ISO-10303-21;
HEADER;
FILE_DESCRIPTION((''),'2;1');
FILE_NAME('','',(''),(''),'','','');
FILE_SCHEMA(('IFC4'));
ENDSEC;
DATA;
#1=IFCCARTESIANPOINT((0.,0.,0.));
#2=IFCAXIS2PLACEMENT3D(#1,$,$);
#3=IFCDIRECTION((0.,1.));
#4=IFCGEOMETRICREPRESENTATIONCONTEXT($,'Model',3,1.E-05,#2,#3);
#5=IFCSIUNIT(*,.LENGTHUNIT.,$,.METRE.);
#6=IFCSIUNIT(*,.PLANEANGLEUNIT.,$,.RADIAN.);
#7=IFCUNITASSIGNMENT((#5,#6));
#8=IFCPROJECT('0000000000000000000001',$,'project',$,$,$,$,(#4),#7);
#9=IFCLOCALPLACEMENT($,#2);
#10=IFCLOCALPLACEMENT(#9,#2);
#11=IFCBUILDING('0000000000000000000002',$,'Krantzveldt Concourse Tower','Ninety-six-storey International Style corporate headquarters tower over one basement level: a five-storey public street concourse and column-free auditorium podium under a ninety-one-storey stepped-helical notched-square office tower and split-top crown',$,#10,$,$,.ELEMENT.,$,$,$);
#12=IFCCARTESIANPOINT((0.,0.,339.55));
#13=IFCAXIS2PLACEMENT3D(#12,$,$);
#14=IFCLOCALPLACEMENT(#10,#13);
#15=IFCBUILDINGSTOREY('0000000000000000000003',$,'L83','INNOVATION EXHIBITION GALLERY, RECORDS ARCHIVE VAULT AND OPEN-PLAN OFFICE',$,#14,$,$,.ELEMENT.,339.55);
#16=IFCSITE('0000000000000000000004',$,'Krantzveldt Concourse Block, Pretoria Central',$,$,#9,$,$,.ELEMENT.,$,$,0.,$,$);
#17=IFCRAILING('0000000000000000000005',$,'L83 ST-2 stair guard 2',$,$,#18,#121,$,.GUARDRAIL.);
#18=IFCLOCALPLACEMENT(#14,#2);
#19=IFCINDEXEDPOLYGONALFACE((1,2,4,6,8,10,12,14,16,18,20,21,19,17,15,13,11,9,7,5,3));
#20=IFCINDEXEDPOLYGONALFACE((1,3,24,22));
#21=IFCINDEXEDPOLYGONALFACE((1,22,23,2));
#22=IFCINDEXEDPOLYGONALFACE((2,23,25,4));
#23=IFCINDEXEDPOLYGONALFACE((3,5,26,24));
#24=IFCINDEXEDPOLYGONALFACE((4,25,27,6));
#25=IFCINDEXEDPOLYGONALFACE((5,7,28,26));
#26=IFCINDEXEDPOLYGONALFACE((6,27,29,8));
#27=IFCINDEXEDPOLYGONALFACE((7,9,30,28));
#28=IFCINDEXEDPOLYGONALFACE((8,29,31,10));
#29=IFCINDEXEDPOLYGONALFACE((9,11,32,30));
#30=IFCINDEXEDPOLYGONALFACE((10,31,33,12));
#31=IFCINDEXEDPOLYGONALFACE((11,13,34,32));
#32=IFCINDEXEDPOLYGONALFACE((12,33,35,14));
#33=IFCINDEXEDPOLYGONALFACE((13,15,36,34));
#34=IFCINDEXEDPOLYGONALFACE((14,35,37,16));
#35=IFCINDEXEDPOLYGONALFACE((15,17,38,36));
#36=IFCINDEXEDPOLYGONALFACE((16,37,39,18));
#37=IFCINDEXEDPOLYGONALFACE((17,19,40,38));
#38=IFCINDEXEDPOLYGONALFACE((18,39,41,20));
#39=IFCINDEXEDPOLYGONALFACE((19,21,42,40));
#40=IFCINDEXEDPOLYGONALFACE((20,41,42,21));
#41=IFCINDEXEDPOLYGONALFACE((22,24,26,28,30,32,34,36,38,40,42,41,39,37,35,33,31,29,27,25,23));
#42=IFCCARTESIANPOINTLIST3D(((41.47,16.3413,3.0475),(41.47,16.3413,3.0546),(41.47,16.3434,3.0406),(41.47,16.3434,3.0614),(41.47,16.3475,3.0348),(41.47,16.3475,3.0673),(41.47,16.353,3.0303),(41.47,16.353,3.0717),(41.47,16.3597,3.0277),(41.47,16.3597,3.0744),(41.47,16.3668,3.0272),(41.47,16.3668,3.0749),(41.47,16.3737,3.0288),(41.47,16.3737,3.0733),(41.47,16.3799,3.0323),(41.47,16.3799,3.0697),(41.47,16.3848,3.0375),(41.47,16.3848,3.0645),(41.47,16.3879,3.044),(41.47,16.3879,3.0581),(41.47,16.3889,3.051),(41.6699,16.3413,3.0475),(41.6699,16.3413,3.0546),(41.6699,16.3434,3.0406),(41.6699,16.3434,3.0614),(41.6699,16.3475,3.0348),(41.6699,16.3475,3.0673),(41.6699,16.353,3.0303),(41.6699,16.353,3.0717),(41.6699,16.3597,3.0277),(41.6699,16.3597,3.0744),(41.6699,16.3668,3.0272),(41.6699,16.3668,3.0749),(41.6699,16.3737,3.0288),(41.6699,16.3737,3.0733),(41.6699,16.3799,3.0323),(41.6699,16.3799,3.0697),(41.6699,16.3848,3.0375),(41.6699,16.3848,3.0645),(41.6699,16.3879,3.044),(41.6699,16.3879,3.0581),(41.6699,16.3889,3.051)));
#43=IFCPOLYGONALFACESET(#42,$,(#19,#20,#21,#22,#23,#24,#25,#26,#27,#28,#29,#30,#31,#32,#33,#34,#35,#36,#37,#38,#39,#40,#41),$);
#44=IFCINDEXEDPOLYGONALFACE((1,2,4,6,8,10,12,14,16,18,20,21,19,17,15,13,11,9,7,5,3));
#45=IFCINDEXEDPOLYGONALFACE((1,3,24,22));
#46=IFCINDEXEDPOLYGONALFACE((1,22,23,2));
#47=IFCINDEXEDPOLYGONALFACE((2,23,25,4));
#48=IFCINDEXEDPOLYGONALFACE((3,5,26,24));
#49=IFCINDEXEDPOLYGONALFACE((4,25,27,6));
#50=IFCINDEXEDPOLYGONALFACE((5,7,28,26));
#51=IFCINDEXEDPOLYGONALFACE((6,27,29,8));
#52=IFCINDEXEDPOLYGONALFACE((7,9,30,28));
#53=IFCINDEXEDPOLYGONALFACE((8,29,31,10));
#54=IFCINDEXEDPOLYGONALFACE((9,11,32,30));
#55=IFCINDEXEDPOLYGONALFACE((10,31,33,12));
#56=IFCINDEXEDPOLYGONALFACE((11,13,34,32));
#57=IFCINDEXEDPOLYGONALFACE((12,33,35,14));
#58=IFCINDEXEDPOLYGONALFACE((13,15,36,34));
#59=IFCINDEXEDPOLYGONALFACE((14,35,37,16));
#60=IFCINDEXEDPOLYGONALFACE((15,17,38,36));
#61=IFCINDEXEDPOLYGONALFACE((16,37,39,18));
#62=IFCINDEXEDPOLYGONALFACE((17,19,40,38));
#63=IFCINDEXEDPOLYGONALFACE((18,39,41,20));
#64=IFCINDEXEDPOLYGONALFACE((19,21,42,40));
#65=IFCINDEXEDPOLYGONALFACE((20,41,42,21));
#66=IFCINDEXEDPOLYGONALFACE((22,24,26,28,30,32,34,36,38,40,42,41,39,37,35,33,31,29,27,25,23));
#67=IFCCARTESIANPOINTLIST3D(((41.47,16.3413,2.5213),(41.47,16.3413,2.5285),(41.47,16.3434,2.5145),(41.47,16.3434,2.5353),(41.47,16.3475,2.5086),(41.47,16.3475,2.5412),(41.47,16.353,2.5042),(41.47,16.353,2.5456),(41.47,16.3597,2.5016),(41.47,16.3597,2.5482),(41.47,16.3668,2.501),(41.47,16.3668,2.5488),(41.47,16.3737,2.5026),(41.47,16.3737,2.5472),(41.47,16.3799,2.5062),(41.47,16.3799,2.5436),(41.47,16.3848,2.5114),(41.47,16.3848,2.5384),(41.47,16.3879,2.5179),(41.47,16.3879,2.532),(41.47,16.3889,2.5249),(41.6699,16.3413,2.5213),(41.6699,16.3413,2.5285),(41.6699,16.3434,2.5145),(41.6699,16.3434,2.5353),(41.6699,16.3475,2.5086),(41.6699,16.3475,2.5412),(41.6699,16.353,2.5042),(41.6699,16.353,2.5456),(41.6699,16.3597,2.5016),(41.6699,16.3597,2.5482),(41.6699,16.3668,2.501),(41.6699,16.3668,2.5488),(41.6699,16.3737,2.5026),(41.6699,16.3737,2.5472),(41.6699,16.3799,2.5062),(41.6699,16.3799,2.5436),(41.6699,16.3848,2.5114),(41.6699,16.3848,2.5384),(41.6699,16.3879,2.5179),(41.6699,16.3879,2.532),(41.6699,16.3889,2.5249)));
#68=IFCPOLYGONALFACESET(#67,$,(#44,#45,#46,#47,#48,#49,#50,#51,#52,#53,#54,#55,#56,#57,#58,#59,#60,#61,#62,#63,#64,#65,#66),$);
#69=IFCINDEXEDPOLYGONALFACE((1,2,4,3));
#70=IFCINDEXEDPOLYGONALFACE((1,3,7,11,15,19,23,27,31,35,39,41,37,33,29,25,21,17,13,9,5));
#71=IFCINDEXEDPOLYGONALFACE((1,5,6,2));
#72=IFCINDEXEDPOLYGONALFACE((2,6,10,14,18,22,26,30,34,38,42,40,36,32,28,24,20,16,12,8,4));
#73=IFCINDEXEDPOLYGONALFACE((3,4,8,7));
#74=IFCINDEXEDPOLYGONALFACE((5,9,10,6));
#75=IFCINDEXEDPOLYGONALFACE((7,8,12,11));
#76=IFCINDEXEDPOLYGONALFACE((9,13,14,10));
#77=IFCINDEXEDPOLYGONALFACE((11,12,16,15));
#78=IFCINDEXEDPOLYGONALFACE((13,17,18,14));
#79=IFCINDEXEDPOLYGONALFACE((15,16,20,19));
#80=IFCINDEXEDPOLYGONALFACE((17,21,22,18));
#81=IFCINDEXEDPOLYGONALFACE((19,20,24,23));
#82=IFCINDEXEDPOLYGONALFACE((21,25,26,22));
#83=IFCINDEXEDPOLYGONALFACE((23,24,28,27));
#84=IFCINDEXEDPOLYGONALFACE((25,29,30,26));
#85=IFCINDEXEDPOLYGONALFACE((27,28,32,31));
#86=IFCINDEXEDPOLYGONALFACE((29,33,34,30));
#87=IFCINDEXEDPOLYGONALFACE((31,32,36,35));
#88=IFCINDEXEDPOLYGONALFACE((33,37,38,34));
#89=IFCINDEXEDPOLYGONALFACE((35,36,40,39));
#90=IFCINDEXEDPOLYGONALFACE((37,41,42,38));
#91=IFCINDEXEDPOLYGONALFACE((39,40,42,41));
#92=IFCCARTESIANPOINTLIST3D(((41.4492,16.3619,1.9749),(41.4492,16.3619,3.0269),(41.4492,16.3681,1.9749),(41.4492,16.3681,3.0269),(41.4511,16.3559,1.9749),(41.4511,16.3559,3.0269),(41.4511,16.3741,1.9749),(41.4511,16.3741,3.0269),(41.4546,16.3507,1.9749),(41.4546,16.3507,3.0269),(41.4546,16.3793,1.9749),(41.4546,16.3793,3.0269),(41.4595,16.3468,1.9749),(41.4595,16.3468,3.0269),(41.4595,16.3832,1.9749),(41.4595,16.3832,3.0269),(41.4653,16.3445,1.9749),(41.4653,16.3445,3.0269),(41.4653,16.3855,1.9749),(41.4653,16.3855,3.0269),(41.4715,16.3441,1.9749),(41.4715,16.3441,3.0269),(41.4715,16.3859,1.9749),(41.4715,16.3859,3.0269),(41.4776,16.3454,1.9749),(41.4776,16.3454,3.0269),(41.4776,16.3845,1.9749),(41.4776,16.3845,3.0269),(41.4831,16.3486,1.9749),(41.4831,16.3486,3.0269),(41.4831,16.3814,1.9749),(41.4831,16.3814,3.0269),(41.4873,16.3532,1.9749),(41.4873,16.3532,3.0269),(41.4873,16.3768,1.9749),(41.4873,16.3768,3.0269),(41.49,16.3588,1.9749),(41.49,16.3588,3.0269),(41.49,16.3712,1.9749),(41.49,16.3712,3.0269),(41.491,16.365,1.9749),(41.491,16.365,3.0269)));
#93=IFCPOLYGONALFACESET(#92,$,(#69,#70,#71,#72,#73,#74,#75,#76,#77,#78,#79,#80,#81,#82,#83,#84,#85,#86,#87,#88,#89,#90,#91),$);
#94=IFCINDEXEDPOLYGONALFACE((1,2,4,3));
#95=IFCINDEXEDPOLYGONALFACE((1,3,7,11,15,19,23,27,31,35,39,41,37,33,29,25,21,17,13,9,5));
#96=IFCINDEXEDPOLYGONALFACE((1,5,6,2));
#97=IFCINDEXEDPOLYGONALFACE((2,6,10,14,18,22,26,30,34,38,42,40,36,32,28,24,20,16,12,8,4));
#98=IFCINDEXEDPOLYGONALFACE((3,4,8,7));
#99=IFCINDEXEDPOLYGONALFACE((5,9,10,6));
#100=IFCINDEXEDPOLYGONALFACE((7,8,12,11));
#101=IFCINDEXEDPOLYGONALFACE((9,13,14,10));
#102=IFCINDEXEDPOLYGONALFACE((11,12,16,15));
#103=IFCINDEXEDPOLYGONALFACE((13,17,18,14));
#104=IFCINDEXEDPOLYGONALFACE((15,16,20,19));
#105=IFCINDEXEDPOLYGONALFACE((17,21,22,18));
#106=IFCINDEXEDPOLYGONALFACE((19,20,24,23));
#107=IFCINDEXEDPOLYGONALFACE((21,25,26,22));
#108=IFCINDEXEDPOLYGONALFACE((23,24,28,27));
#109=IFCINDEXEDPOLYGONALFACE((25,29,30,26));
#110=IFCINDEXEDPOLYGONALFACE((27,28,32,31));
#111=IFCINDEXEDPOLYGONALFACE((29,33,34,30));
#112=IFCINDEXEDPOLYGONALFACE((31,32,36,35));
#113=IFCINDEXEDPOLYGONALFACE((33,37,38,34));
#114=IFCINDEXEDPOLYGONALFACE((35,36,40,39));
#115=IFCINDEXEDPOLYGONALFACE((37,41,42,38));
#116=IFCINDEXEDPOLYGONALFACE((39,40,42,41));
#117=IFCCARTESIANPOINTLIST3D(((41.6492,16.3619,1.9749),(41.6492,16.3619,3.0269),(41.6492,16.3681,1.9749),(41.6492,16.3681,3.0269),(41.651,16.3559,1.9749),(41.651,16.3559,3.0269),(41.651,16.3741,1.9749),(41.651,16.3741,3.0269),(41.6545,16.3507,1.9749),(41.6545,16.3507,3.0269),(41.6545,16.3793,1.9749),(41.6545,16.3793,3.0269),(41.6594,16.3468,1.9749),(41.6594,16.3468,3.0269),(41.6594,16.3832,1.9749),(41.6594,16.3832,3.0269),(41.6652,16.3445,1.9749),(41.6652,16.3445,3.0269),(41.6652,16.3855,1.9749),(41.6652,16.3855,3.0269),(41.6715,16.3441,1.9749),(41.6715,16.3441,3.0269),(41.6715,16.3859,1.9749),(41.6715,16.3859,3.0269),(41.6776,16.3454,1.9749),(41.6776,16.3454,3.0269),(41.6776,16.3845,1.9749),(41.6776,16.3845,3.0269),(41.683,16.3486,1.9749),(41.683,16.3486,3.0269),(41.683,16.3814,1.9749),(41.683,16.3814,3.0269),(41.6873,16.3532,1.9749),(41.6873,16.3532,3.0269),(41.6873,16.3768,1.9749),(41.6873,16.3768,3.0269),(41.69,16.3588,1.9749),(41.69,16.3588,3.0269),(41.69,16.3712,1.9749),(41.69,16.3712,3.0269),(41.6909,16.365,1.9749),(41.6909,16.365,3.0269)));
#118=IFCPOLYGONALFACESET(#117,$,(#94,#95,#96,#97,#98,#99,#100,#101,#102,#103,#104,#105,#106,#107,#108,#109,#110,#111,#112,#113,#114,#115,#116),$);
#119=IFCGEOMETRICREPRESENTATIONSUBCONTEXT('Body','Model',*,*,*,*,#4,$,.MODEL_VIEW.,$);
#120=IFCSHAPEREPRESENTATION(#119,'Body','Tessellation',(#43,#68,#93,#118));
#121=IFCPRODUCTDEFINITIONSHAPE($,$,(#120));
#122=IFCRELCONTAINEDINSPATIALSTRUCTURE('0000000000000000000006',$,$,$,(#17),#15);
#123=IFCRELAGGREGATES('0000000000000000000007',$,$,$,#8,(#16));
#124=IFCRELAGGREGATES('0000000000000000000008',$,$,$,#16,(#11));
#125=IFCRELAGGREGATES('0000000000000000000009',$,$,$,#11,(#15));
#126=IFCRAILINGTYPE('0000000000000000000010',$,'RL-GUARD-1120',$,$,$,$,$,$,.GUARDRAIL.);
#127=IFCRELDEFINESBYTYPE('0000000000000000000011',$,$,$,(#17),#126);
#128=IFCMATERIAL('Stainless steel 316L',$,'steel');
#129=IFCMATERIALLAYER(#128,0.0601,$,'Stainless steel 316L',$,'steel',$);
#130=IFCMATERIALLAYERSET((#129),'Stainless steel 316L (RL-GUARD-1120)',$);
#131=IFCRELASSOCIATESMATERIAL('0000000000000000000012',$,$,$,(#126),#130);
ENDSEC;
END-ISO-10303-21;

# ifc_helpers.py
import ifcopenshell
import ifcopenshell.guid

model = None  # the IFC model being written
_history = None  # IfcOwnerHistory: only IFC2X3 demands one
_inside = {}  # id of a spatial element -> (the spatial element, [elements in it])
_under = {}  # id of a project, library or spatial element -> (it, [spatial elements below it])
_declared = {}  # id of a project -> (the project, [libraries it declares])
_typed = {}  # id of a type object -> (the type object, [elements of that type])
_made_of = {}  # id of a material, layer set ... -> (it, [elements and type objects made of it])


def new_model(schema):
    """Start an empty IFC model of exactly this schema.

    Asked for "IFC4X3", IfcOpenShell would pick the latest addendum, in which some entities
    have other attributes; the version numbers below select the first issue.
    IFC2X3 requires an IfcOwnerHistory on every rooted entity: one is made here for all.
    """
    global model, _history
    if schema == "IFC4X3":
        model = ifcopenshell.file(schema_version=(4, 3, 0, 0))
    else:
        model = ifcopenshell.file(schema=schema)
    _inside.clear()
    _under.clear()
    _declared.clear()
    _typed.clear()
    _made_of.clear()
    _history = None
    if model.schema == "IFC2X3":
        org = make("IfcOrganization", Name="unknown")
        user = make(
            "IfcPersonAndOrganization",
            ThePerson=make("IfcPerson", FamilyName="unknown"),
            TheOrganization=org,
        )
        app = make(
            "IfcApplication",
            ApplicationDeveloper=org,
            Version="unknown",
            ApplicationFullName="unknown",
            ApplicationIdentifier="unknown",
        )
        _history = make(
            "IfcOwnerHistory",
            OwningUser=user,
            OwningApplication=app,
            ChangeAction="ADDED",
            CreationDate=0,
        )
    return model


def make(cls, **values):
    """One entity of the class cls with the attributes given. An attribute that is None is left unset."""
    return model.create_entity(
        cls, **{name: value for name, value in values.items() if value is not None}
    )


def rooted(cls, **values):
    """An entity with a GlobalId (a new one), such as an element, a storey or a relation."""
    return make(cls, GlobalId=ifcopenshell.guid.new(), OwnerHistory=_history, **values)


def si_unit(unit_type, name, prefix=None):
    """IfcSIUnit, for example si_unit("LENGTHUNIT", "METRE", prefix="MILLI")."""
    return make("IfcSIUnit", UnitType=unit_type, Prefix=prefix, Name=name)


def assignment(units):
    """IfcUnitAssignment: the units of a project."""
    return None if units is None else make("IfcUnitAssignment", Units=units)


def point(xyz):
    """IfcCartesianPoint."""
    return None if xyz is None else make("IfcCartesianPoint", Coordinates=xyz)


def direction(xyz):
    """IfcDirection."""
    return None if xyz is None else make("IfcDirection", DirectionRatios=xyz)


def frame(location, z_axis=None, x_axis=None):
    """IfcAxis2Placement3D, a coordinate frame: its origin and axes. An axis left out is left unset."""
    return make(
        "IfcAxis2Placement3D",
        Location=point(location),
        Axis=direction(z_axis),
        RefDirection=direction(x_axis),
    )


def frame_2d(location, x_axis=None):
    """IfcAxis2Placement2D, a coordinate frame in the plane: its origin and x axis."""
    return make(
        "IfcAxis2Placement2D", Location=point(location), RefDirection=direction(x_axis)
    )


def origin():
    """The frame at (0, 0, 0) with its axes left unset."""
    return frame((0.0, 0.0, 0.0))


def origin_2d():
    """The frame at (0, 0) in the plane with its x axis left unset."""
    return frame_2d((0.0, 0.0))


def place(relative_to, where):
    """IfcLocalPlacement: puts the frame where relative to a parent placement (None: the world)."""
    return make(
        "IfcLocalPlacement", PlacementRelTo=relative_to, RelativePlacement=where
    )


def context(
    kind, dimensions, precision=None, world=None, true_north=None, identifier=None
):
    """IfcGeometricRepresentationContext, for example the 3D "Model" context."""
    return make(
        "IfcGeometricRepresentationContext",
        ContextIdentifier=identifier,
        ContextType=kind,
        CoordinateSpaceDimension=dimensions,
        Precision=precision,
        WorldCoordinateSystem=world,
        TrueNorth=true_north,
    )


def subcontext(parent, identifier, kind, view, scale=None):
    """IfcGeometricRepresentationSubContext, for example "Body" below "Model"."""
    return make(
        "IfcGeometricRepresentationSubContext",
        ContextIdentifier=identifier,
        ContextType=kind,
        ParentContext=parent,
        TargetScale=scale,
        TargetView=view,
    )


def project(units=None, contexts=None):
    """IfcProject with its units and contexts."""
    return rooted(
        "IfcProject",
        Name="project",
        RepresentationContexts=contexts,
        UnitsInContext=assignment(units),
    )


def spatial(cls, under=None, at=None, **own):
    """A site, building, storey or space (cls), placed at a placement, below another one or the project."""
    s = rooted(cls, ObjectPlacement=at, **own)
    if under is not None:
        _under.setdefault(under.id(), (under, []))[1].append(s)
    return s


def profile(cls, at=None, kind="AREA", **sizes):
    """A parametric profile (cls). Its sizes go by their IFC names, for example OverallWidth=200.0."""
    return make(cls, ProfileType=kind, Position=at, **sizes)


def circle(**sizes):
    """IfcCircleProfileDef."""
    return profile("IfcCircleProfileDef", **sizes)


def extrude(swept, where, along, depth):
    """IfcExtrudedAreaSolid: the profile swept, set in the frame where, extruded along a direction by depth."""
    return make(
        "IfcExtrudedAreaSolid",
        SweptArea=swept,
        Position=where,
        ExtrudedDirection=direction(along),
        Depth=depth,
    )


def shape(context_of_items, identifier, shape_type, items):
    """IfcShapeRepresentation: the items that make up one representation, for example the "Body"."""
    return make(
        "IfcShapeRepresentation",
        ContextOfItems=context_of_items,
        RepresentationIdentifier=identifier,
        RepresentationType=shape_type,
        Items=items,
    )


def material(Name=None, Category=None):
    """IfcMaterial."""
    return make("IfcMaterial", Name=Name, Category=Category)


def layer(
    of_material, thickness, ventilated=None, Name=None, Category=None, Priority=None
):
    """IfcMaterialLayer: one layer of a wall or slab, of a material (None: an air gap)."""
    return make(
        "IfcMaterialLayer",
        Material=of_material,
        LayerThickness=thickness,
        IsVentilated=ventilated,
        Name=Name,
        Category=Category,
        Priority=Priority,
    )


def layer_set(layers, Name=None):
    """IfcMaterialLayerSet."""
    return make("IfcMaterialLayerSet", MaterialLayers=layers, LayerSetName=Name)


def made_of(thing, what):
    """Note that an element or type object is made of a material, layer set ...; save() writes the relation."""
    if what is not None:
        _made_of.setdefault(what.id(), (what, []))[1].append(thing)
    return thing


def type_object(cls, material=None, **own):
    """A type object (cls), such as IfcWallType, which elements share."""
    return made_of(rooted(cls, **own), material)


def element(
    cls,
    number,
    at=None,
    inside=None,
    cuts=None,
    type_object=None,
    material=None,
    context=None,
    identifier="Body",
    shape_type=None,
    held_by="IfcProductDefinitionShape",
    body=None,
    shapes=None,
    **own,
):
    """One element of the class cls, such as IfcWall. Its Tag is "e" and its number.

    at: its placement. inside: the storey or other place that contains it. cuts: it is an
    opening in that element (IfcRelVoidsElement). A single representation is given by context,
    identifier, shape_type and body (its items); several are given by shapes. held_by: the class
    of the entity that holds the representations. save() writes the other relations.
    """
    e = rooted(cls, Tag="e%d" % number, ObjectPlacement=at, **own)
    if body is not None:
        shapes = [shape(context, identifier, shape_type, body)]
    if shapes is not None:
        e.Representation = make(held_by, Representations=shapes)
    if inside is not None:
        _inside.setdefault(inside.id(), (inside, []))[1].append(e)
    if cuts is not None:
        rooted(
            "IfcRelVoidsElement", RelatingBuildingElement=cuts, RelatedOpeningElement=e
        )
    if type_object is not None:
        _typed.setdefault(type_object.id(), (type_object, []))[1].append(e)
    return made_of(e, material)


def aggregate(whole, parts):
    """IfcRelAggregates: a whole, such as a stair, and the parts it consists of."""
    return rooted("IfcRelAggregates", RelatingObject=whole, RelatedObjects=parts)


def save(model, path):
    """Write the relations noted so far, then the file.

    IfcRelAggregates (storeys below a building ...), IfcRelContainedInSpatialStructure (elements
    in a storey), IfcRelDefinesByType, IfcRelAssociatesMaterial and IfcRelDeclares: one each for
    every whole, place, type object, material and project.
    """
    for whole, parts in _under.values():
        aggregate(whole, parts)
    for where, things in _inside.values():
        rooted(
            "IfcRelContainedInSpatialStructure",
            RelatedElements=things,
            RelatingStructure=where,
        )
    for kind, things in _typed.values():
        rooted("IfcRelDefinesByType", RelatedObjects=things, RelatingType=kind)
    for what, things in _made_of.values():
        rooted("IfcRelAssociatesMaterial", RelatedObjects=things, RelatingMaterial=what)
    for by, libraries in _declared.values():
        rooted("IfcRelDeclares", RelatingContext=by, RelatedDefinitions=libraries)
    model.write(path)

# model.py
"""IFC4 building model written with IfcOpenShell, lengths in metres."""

from ifc_helpers import new_model, si_unit, direction, frame, origin, origin_2d, place, context, subcontext, project, spatial, circle, extrude, material, layer, layer_set, type_object, element, save


model = new_model("IFC4")

# Units and contexts
model_context = context("Model", 3, precision=1e-05, world=origin(), true_north=direction((0.0, 1.0)))
body_context = subcontext(model_context, "Body", "Model", "MODEL_VIEW")
ifc_project = project(units=[si_unit("LENGTHUNIT", "METRE"), si_unit("PLANEANGLEUNIT", "RADIAN")], contexts=[model_context])

# Site, building, storey
site_placement = place(None, origin())
site = spatial("IfcSite", under=ifc_project, at=site_placement, Name="Krantzveldt Concourse Block, Pretoria Central", CompositionType="ELEMENT", RefElevation=0.0)
building_placement = place(site_placement, origin())
building = spatial("IfcBuilding", under=site, at=building_placement, Name="Krantzveldt Concourse Tower", Description="Ninety-six-storey International Style corporate headquarters tower over one basement level: a five-storey public street concourse and column-free auditorium podium under a ninety-one-storey stepped-helical notched-square office tower and split-top crown", CompositionType="ELEMENT")
storey_placement = place(building_placement, frame((0.0, 0.0, 339.55)))
storey = spatial("IfcBuildingStorey", under=building, at=storey_placement, Name="L83", Description="INNOVATION EXHIBITION GALLERY, RECORDS ARCHIVE VAULT AND OPEN-PLAN OFFICE", CompositionType="ELEMENT", Elevation=339.55)

# Shared definitions
ifc_material_1 = material(Name="Stainless steel 316L", Category="steel")

# Railing
ifc_layer_1 = layer(ifc_material_1, 0.0601, Name="Stainless steel 316L", Category="steel")
ifc_layer_set_1 = layer_set([ifc_layer_1], Name="Stainless steel 316L (RL-GUARD-1120)")
railing_type_1 = type_object("IfcRailingType", Name="RL-GUARD-1120", PredefinedType="GUARDRAIL", material=ifc_layer_set_1)
railing_1_placement = place(storey_placement, frame((41.47, 16.365, 1.9749)))
element("IfcRailing", 1, at=railing_1_placement, inside=storey, type_object=railing_type_1, Name="L83 ST-2 stair guard 2", PredefinedType="GUARDRAIL", context=body_context, shape_type="SweptSolid", body=[
    extrude(circle(Radius=0.0239, at=origin_2d()), frame((0.0, 0.0, 1.0762), z_axis=(1.0, 0.0, 0.0), x_axis=(0.0, 1.0, 0.0)), (0.0, 0.0, 1.0), 0.2),
    extrude(circle(Radius=0.0239, at=origin_2d()), frame((0.0, 0.0, 0.55), z_axis=(1.0, 0.0, 0.0), x_axis=(0.0, 1.0, 0.0)), (0.0, 0.0, 1.0), 0.2),
    extrude(circle(Radius=0.021, at=origin_2d()), origin(), (0.0, 0.0, 1.0), 1.052),
    extrude(circle(Radius=0.021, at=origin_2d()), frame((0.2, 0.0, 0.0)), (0.0, 0.0, 1.0), 1.052),
])

save(model, "model.ifc")
